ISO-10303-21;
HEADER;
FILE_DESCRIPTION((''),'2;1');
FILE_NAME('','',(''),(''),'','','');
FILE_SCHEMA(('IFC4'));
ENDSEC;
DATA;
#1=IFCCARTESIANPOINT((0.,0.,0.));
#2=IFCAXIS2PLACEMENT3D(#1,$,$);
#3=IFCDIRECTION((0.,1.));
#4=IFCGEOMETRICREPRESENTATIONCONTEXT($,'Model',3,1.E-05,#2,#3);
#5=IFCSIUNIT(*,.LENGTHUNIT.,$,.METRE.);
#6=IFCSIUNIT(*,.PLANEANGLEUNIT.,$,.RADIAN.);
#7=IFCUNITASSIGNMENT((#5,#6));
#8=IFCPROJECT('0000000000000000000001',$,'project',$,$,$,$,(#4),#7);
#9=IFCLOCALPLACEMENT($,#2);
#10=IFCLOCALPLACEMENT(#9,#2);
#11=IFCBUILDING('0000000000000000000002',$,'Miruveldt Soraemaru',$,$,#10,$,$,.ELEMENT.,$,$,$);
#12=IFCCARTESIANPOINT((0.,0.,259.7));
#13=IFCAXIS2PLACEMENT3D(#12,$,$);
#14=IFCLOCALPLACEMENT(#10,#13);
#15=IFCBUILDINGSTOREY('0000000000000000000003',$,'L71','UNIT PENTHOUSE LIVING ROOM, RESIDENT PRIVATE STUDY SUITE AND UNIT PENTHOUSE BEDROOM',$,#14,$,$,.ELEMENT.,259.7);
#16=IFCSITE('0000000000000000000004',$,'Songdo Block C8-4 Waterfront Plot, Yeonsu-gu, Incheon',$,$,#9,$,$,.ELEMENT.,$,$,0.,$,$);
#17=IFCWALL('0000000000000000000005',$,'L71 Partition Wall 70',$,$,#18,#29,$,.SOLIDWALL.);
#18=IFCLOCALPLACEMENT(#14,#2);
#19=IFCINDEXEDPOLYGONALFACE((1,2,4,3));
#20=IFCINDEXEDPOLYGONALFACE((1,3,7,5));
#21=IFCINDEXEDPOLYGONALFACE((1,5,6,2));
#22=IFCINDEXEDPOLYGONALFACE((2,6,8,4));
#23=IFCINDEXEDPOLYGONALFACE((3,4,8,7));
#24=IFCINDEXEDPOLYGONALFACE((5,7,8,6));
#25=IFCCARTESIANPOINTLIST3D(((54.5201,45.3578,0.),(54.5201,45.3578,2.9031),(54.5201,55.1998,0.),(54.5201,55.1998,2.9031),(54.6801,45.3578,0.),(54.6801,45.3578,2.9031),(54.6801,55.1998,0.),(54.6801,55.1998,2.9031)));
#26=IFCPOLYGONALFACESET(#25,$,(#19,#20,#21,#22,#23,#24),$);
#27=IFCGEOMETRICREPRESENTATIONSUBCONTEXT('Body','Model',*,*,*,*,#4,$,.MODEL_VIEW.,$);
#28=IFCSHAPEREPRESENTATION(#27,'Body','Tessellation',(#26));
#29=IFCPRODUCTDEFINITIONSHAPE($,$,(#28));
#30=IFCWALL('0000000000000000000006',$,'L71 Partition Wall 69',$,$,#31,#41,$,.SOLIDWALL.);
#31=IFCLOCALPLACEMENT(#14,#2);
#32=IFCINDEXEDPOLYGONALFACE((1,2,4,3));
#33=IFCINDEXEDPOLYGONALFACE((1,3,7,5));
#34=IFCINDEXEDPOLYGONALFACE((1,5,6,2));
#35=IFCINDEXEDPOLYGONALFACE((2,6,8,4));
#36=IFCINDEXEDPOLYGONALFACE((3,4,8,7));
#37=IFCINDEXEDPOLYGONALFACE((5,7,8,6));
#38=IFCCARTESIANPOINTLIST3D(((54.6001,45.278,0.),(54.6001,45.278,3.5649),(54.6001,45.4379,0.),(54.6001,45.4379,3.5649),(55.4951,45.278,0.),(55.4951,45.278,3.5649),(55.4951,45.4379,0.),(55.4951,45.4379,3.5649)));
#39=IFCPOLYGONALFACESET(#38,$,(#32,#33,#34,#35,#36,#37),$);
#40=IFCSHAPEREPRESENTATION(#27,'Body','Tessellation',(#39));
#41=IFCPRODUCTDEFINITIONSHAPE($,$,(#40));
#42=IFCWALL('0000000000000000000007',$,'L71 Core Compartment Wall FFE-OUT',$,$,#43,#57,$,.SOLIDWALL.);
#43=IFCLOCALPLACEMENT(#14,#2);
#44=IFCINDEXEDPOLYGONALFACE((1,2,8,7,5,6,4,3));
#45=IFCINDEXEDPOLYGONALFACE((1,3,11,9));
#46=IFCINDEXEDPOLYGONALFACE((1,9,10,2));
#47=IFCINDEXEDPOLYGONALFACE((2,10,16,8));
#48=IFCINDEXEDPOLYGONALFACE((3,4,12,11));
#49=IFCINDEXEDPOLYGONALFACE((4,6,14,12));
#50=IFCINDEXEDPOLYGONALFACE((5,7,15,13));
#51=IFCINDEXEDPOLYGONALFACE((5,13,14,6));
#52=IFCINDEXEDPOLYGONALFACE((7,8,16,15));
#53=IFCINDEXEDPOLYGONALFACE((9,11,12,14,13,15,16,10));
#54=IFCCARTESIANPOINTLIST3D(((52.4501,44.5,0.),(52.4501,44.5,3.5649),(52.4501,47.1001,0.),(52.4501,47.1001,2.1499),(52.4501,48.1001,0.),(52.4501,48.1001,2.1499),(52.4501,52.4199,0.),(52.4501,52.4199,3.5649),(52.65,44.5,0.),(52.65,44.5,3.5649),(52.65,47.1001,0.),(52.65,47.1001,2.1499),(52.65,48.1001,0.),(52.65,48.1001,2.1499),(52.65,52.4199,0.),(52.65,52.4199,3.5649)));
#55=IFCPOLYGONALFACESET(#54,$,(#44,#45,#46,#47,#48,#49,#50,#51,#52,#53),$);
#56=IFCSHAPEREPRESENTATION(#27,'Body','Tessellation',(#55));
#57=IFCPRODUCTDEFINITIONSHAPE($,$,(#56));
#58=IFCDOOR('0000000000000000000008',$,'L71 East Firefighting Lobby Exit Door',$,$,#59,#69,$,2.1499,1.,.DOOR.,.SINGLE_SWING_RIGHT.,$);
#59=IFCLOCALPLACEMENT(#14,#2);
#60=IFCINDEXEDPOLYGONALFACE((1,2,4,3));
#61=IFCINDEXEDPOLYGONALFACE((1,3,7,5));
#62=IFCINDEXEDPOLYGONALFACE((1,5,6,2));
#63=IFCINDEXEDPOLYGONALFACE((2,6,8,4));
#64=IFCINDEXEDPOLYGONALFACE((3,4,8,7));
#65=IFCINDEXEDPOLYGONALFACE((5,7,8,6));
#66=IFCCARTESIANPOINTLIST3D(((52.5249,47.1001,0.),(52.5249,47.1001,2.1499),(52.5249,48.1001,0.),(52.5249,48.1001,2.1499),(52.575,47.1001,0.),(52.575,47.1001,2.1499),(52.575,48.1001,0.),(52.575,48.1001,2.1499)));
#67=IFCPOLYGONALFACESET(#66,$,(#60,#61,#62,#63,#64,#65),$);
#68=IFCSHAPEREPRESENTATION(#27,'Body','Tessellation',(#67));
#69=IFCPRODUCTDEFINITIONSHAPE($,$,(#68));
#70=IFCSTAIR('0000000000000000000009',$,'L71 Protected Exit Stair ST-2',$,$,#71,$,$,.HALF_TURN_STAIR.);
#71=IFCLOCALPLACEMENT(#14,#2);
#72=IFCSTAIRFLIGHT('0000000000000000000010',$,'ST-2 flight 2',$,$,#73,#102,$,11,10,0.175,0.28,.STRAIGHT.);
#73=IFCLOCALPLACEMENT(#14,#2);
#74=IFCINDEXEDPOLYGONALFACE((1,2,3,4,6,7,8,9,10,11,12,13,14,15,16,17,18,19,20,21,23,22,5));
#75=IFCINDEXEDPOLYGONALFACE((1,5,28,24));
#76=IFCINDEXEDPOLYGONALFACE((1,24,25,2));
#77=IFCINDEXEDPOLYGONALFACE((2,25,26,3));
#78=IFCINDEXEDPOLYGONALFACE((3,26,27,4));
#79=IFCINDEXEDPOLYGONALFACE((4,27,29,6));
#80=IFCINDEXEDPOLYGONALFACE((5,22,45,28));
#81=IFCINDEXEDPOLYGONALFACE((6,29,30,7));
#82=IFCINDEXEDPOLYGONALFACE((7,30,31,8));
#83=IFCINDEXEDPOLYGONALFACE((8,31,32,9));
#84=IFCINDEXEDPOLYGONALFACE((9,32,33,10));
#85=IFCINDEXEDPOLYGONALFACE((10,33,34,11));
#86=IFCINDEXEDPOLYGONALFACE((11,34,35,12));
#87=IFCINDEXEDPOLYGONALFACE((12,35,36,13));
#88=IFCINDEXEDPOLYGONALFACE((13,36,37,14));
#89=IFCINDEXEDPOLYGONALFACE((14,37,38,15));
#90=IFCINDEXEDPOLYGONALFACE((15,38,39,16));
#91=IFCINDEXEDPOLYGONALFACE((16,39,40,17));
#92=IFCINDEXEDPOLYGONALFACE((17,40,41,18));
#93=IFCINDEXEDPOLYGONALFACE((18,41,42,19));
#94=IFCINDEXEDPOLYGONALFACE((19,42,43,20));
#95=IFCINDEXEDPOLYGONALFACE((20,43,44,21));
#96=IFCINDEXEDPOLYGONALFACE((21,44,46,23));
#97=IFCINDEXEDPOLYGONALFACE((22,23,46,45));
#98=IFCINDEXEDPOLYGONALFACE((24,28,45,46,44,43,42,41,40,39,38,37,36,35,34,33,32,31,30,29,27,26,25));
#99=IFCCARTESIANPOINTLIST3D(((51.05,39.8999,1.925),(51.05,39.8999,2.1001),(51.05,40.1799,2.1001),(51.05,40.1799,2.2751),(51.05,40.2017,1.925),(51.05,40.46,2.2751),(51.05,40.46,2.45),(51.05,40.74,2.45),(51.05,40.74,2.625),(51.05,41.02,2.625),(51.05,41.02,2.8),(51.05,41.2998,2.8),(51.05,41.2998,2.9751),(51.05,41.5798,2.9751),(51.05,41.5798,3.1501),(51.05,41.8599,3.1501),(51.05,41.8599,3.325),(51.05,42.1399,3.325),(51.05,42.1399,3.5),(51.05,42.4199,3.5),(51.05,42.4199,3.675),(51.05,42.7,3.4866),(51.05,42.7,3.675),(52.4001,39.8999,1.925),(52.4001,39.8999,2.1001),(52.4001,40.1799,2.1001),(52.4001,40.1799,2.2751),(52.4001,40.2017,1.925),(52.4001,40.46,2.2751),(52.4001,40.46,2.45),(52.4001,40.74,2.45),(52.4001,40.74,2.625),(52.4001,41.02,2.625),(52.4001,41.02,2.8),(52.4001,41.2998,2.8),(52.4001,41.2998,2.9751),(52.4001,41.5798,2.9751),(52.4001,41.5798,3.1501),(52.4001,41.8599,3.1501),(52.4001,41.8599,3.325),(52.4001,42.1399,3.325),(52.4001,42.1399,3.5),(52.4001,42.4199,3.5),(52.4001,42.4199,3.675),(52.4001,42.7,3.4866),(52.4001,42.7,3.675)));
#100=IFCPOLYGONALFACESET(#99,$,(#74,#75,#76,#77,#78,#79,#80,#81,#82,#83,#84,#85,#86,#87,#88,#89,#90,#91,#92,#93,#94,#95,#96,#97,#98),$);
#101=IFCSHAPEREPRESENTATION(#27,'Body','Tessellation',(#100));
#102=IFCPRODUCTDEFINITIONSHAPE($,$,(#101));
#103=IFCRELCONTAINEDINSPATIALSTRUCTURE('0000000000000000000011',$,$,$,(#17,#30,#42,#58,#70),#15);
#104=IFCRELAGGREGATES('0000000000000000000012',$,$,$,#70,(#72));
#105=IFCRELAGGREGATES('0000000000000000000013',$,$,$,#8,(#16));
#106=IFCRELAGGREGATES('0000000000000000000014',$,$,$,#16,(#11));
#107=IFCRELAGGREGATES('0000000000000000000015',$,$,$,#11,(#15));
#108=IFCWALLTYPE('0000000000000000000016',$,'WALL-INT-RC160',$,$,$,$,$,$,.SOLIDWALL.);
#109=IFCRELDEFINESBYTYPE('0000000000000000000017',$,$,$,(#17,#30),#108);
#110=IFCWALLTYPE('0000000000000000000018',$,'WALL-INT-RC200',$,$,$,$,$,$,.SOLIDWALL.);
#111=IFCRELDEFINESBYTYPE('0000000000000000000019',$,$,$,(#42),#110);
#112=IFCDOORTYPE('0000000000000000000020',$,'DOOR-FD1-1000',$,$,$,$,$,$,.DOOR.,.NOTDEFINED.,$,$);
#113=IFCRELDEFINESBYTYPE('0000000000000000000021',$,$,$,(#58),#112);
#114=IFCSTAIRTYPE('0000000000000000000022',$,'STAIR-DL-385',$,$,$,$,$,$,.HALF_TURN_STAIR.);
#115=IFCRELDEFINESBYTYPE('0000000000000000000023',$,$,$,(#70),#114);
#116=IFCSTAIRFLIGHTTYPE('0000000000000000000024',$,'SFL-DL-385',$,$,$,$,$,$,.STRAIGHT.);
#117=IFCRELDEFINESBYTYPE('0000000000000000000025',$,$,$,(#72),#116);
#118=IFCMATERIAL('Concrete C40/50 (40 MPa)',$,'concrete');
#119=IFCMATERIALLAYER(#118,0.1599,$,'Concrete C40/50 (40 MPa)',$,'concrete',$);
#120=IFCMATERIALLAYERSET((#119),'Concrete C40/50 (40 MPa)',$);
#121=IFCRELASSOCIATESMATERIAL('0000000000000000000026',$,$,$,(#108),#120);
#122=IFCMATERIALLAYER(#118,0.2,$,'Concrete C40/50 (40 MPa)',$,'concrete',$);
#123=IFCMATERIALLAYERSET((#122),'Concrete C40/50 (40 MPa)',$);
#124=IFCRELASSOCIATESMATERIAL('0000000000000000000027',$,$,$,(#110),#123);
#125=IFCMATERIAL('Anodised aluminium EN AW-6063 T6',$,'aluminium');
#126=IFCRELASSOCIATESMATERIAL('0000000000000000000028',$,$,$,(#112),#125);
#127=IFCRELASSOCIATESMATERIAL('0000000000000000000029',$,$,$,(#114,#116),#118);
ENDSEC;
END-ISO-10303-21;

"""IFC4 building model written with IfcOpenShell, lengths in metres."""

from ifc_helpers import new_model, si_unit, direction, frame, frame_2d, origin, place, context, subcontext, project, spatial, polyline, rectangle, outline, extrude, material, layer, layer_set, type_object, element, fill, aggregate, save


model = new_model("IFC4")

# Units and contexts
model_context = context("Model", 3, precision=1e-05, world=origin(), true_north=direction((0.0, 1.0)))
body_context = subcontext(model_context, "Body", "Model", "MODEL_VIEW")
ifc_project = project(units=[si_unit("LENGTHUNIT", "METRE"), si_unit("PLANEANGLEUNIT", "RADIAN")], contexts=[model_context])

# Site, building, storey
site_placement = place(None, origin())
site = spatial("IfcSite", under=ifc_project, at=site_placement, Name="Songdo Block C8-4 Waterfront Plot, Yeonsu-gu, Incheon", CompositionType="ELEMENT", RefElevation=0.0)
building_placement = place(site_placement, origin())
building = spatial("IfcBuilding", under=site, at=building_placement, Name="Miruveldt Soraemaru", CompositionType="ELEMENT")
storey_placement = place(building_placement, frame((0.0, 0.0, 259.7)))
storey = spatial("IfcBuildingStorey", under=building, at=storey_placement, Name="L71", Description="UNIT PENTHOUSE LIVING ROOM, RESIDENT PRIVATE STUDY SUITE AND UNIT PENTHOUSE BEDROOM", CompositionType="ELEMENT", Elevation=259.7)

# Shared definitions
ifc_material_1 = material(Name="Anodised aluminium EN AW-6063 T6", Category="aluminium")

# Walls
ifc_material_2 = material(Name="Concrete C40/50 (40 MPa)", Category="concrete")
ifc_layer_1 = layer(ifc_material_2, 0.1599, Name="Concrete C40/50 (40 MPa)", Category="concrete")
ifc_layer_set_1 = layer_set([ifc_layer_1], Name="Concrete C40/50 (40 MPa)")
wall_type_1 = type_object("IfcWallType", Name="WALL-INT-RC160", PredefinedType="SOLIDWALL", material=ifc_layer_set_1)
wall_1_placement = place(storey_placement, frame((54.6001, 45.3579, 0.0), z_axis=(0.0, 0.0, 1.0), x_axis=(0.0, 1.0, 0.0)))
element("IfcWall", 1, at=wall_1_placement, inside=storey, type_object=wall_type_1, Name="L71 Partition Wall 70", PredefinedType="SOLIDWALL", context=body_context, shape_type="SweptSolid", body=[
    extrude(rectangle(XDim=9.842, YDim=0.1599, at=frame_2d((4.9209, 0.0))), origin(), (0.0, 0.0, 1.0), 2.9031),
])
wall_2_placement = place(storey_placement, frame((55.4951, 45.3579, 0.0), z_axis=(0.0, 0.0, 1.0), x_axis=(-1.0, 0.0, 0.0)))
element("IfcWall", 2, at=wall_2_placement, inside=storey, type_object=wall_type_1, Name="L71 Partition Wall 69", PredefinedType="SOLIDWALL", context=body_context, shape_type="SweptSolid", body=[
    extrude(rectangle(XDim=0.895, YDim=0.1599, at=frame_2d((0.4475, 0.0))), origin(), (0.0, 0.0, 1.0), 3.5649),
])

# Wall, opening, door
ifc_layer_2 = layer(ifc_material_2, 0.2, Name="Concrete C40/50 (40 MPa)", Category="concrete")
ifc_layer_set_2 = layer_set([ifc_layer_2], Name="Concrete C40/50 (40 MPa)")
wall_type_2 = type_object("IfcWallType", Name="WALL-INT-RC200", PredefinedType="SOLIDWALL", material=ifc_layer_set_2)
wall_3_placement = place(storey_placement, frame((52.55, 44.5, 0.0), z_axis=(0.0, 0.0, 1.0), x_axis=(0.0, 1.0, 0.0)))
wall_3 = element("IfcWall", 3, at=wall_3_placement, inside=storey, type_object=wall_type_2, Name="L71 Core Compartment Wall FFE-OUT", PredefinedType="SOLIDWALL", context=body_context, shape_type="SweptSolid", body=[
    extrude(rectangle(XDim=7.9199, YDim=0.2, at=frame_2d((3.96, 0.0))), origin(), (0.0, 0.0, 1.0), 3.5649),
])
opening_1_placement = place(wall_3_placement, frame((2.6001, 0.0, 0.0)))
opening_1 = element("IfcOpeningElement", 4, at=opening_1_placement, cuts=wall_3, PredefinedType="OPENING", context=body_context, shape_type="SweptSolid", body=[
    extrude(rectangle(XDim=1.0, YDim=2.1499, at=frame_2d((0.5, 1.075))), frame((0.0, 0.1099, 0.0), z_axis=(0.0, -1.0, 0.0), x_axis=(1.0, 0.0, 0.0)), (0.0, 0.0, 1.0), 0.22),
])
door_type = type_object("IfcDoorType", Name="DOOR-FD1-1000", OperationType="NOTDEFINED", PredefinedType="DOOR", material=ifc_material_1)
door_placement = place(opening_1_placement, frame((1.0, 0.0, 0.0), z_axis=(0.0, 0.0, 1.0), x_axis=(-1.0, 0.0, 0.0)))
door = element("IfcDoor", 5, at=door_placement, inside=storey, type_object=door_type, Name="L71 East Firefighting Lobby Exit Door", OperationType="SINGLE_SWING_RIGHT", OverallHeight=2.1499, OverallWidth=1.0, PredefinedType="DOOR", context=body_context, shape_type="SweptSolid", body=[
    extrude(rectangle(XDim=1.0, YDim=2.1499, at=frame_2d((0.5, 1.075))), frame((0.0, 0.0249, 0.0), z_axis=(0.0, -1.0, 0.0), x_axis=(1.0, 0.0, 0.0)), (0.0, 0.0, 1.0), 0.05),
])
fill(opening_1, door)

# Stair, stair flight
stair_type = type_object("IfcStairType", Name="STAIR-DL-385", PredefinedType="HALF_TURN_STAIR", material=ifc_material_2)
stair_placement = place(storey_placement, origin())
stair = element("IfcStair", 6, at=stair_placement, inside=storey, type_object=stair_type, Name="L71 Protected Exit Stair ST-2", PredefinedType="HALF_TURN_STAIR")
stair_flight_type = type_object("IfcStairFlightType", Name="SFL-DL-385", PredefinedType="STRAIGHT", material=ifc_material_2)
stair_flight_placement = place(storey_placement, frame((51.7251, 39.8999, 1.925), z_axis=(0.0, 0.0, 1.0), x_axis=(0.0, 1.0, 0.0)))
stair_flight = element("IfcStairFlight", 7, at=stair_flight_placement, type_object=stair_flight_type, Name="ST-2 flight 2", NumberOfRisers=11, NumberOfTreads=10, PredefinedType="STRAIGHT", RiserHeight=0.175, TreadLength=0.28, context=body_context, shape_type="SweptSolid", body=[
    extrude(outline(polyline([(0.0, 0.0), (0.0, 0.175), (0.28, 0.175), (0.28, 0.3501), (0.5601, 0.3501), (0.5601, 0.5249), (0.8401, 0.5249), (0.8401, 0.7), (1.1201, 0.7), (1.1201, 0.875), (1.3999, 0.875), (1.3999, 1.05), (1.6799, 1.05), (1.6799, 1.2251), (1.96, 1.2251), (1.96, 1.3999), (2.24, 1.3999), (2.24, 1.575), (2.52, 1.575), (2.52, 1.75), (2.8, 1.75), (2.8, 1.925), (2.8, 1.5615), (0.3018, 0.0), (0.0, 0.0)])), frame((0.0, 0.675, 0.0), z_axis=(0.0, -1.0, 0.0), x_axis=(1.0, 0.0, 0.0)), (0.0, 0.0, 1.0), 1.3501),
])
aggregate(stair, [stair_flight])

save(model, "model.ifc")
